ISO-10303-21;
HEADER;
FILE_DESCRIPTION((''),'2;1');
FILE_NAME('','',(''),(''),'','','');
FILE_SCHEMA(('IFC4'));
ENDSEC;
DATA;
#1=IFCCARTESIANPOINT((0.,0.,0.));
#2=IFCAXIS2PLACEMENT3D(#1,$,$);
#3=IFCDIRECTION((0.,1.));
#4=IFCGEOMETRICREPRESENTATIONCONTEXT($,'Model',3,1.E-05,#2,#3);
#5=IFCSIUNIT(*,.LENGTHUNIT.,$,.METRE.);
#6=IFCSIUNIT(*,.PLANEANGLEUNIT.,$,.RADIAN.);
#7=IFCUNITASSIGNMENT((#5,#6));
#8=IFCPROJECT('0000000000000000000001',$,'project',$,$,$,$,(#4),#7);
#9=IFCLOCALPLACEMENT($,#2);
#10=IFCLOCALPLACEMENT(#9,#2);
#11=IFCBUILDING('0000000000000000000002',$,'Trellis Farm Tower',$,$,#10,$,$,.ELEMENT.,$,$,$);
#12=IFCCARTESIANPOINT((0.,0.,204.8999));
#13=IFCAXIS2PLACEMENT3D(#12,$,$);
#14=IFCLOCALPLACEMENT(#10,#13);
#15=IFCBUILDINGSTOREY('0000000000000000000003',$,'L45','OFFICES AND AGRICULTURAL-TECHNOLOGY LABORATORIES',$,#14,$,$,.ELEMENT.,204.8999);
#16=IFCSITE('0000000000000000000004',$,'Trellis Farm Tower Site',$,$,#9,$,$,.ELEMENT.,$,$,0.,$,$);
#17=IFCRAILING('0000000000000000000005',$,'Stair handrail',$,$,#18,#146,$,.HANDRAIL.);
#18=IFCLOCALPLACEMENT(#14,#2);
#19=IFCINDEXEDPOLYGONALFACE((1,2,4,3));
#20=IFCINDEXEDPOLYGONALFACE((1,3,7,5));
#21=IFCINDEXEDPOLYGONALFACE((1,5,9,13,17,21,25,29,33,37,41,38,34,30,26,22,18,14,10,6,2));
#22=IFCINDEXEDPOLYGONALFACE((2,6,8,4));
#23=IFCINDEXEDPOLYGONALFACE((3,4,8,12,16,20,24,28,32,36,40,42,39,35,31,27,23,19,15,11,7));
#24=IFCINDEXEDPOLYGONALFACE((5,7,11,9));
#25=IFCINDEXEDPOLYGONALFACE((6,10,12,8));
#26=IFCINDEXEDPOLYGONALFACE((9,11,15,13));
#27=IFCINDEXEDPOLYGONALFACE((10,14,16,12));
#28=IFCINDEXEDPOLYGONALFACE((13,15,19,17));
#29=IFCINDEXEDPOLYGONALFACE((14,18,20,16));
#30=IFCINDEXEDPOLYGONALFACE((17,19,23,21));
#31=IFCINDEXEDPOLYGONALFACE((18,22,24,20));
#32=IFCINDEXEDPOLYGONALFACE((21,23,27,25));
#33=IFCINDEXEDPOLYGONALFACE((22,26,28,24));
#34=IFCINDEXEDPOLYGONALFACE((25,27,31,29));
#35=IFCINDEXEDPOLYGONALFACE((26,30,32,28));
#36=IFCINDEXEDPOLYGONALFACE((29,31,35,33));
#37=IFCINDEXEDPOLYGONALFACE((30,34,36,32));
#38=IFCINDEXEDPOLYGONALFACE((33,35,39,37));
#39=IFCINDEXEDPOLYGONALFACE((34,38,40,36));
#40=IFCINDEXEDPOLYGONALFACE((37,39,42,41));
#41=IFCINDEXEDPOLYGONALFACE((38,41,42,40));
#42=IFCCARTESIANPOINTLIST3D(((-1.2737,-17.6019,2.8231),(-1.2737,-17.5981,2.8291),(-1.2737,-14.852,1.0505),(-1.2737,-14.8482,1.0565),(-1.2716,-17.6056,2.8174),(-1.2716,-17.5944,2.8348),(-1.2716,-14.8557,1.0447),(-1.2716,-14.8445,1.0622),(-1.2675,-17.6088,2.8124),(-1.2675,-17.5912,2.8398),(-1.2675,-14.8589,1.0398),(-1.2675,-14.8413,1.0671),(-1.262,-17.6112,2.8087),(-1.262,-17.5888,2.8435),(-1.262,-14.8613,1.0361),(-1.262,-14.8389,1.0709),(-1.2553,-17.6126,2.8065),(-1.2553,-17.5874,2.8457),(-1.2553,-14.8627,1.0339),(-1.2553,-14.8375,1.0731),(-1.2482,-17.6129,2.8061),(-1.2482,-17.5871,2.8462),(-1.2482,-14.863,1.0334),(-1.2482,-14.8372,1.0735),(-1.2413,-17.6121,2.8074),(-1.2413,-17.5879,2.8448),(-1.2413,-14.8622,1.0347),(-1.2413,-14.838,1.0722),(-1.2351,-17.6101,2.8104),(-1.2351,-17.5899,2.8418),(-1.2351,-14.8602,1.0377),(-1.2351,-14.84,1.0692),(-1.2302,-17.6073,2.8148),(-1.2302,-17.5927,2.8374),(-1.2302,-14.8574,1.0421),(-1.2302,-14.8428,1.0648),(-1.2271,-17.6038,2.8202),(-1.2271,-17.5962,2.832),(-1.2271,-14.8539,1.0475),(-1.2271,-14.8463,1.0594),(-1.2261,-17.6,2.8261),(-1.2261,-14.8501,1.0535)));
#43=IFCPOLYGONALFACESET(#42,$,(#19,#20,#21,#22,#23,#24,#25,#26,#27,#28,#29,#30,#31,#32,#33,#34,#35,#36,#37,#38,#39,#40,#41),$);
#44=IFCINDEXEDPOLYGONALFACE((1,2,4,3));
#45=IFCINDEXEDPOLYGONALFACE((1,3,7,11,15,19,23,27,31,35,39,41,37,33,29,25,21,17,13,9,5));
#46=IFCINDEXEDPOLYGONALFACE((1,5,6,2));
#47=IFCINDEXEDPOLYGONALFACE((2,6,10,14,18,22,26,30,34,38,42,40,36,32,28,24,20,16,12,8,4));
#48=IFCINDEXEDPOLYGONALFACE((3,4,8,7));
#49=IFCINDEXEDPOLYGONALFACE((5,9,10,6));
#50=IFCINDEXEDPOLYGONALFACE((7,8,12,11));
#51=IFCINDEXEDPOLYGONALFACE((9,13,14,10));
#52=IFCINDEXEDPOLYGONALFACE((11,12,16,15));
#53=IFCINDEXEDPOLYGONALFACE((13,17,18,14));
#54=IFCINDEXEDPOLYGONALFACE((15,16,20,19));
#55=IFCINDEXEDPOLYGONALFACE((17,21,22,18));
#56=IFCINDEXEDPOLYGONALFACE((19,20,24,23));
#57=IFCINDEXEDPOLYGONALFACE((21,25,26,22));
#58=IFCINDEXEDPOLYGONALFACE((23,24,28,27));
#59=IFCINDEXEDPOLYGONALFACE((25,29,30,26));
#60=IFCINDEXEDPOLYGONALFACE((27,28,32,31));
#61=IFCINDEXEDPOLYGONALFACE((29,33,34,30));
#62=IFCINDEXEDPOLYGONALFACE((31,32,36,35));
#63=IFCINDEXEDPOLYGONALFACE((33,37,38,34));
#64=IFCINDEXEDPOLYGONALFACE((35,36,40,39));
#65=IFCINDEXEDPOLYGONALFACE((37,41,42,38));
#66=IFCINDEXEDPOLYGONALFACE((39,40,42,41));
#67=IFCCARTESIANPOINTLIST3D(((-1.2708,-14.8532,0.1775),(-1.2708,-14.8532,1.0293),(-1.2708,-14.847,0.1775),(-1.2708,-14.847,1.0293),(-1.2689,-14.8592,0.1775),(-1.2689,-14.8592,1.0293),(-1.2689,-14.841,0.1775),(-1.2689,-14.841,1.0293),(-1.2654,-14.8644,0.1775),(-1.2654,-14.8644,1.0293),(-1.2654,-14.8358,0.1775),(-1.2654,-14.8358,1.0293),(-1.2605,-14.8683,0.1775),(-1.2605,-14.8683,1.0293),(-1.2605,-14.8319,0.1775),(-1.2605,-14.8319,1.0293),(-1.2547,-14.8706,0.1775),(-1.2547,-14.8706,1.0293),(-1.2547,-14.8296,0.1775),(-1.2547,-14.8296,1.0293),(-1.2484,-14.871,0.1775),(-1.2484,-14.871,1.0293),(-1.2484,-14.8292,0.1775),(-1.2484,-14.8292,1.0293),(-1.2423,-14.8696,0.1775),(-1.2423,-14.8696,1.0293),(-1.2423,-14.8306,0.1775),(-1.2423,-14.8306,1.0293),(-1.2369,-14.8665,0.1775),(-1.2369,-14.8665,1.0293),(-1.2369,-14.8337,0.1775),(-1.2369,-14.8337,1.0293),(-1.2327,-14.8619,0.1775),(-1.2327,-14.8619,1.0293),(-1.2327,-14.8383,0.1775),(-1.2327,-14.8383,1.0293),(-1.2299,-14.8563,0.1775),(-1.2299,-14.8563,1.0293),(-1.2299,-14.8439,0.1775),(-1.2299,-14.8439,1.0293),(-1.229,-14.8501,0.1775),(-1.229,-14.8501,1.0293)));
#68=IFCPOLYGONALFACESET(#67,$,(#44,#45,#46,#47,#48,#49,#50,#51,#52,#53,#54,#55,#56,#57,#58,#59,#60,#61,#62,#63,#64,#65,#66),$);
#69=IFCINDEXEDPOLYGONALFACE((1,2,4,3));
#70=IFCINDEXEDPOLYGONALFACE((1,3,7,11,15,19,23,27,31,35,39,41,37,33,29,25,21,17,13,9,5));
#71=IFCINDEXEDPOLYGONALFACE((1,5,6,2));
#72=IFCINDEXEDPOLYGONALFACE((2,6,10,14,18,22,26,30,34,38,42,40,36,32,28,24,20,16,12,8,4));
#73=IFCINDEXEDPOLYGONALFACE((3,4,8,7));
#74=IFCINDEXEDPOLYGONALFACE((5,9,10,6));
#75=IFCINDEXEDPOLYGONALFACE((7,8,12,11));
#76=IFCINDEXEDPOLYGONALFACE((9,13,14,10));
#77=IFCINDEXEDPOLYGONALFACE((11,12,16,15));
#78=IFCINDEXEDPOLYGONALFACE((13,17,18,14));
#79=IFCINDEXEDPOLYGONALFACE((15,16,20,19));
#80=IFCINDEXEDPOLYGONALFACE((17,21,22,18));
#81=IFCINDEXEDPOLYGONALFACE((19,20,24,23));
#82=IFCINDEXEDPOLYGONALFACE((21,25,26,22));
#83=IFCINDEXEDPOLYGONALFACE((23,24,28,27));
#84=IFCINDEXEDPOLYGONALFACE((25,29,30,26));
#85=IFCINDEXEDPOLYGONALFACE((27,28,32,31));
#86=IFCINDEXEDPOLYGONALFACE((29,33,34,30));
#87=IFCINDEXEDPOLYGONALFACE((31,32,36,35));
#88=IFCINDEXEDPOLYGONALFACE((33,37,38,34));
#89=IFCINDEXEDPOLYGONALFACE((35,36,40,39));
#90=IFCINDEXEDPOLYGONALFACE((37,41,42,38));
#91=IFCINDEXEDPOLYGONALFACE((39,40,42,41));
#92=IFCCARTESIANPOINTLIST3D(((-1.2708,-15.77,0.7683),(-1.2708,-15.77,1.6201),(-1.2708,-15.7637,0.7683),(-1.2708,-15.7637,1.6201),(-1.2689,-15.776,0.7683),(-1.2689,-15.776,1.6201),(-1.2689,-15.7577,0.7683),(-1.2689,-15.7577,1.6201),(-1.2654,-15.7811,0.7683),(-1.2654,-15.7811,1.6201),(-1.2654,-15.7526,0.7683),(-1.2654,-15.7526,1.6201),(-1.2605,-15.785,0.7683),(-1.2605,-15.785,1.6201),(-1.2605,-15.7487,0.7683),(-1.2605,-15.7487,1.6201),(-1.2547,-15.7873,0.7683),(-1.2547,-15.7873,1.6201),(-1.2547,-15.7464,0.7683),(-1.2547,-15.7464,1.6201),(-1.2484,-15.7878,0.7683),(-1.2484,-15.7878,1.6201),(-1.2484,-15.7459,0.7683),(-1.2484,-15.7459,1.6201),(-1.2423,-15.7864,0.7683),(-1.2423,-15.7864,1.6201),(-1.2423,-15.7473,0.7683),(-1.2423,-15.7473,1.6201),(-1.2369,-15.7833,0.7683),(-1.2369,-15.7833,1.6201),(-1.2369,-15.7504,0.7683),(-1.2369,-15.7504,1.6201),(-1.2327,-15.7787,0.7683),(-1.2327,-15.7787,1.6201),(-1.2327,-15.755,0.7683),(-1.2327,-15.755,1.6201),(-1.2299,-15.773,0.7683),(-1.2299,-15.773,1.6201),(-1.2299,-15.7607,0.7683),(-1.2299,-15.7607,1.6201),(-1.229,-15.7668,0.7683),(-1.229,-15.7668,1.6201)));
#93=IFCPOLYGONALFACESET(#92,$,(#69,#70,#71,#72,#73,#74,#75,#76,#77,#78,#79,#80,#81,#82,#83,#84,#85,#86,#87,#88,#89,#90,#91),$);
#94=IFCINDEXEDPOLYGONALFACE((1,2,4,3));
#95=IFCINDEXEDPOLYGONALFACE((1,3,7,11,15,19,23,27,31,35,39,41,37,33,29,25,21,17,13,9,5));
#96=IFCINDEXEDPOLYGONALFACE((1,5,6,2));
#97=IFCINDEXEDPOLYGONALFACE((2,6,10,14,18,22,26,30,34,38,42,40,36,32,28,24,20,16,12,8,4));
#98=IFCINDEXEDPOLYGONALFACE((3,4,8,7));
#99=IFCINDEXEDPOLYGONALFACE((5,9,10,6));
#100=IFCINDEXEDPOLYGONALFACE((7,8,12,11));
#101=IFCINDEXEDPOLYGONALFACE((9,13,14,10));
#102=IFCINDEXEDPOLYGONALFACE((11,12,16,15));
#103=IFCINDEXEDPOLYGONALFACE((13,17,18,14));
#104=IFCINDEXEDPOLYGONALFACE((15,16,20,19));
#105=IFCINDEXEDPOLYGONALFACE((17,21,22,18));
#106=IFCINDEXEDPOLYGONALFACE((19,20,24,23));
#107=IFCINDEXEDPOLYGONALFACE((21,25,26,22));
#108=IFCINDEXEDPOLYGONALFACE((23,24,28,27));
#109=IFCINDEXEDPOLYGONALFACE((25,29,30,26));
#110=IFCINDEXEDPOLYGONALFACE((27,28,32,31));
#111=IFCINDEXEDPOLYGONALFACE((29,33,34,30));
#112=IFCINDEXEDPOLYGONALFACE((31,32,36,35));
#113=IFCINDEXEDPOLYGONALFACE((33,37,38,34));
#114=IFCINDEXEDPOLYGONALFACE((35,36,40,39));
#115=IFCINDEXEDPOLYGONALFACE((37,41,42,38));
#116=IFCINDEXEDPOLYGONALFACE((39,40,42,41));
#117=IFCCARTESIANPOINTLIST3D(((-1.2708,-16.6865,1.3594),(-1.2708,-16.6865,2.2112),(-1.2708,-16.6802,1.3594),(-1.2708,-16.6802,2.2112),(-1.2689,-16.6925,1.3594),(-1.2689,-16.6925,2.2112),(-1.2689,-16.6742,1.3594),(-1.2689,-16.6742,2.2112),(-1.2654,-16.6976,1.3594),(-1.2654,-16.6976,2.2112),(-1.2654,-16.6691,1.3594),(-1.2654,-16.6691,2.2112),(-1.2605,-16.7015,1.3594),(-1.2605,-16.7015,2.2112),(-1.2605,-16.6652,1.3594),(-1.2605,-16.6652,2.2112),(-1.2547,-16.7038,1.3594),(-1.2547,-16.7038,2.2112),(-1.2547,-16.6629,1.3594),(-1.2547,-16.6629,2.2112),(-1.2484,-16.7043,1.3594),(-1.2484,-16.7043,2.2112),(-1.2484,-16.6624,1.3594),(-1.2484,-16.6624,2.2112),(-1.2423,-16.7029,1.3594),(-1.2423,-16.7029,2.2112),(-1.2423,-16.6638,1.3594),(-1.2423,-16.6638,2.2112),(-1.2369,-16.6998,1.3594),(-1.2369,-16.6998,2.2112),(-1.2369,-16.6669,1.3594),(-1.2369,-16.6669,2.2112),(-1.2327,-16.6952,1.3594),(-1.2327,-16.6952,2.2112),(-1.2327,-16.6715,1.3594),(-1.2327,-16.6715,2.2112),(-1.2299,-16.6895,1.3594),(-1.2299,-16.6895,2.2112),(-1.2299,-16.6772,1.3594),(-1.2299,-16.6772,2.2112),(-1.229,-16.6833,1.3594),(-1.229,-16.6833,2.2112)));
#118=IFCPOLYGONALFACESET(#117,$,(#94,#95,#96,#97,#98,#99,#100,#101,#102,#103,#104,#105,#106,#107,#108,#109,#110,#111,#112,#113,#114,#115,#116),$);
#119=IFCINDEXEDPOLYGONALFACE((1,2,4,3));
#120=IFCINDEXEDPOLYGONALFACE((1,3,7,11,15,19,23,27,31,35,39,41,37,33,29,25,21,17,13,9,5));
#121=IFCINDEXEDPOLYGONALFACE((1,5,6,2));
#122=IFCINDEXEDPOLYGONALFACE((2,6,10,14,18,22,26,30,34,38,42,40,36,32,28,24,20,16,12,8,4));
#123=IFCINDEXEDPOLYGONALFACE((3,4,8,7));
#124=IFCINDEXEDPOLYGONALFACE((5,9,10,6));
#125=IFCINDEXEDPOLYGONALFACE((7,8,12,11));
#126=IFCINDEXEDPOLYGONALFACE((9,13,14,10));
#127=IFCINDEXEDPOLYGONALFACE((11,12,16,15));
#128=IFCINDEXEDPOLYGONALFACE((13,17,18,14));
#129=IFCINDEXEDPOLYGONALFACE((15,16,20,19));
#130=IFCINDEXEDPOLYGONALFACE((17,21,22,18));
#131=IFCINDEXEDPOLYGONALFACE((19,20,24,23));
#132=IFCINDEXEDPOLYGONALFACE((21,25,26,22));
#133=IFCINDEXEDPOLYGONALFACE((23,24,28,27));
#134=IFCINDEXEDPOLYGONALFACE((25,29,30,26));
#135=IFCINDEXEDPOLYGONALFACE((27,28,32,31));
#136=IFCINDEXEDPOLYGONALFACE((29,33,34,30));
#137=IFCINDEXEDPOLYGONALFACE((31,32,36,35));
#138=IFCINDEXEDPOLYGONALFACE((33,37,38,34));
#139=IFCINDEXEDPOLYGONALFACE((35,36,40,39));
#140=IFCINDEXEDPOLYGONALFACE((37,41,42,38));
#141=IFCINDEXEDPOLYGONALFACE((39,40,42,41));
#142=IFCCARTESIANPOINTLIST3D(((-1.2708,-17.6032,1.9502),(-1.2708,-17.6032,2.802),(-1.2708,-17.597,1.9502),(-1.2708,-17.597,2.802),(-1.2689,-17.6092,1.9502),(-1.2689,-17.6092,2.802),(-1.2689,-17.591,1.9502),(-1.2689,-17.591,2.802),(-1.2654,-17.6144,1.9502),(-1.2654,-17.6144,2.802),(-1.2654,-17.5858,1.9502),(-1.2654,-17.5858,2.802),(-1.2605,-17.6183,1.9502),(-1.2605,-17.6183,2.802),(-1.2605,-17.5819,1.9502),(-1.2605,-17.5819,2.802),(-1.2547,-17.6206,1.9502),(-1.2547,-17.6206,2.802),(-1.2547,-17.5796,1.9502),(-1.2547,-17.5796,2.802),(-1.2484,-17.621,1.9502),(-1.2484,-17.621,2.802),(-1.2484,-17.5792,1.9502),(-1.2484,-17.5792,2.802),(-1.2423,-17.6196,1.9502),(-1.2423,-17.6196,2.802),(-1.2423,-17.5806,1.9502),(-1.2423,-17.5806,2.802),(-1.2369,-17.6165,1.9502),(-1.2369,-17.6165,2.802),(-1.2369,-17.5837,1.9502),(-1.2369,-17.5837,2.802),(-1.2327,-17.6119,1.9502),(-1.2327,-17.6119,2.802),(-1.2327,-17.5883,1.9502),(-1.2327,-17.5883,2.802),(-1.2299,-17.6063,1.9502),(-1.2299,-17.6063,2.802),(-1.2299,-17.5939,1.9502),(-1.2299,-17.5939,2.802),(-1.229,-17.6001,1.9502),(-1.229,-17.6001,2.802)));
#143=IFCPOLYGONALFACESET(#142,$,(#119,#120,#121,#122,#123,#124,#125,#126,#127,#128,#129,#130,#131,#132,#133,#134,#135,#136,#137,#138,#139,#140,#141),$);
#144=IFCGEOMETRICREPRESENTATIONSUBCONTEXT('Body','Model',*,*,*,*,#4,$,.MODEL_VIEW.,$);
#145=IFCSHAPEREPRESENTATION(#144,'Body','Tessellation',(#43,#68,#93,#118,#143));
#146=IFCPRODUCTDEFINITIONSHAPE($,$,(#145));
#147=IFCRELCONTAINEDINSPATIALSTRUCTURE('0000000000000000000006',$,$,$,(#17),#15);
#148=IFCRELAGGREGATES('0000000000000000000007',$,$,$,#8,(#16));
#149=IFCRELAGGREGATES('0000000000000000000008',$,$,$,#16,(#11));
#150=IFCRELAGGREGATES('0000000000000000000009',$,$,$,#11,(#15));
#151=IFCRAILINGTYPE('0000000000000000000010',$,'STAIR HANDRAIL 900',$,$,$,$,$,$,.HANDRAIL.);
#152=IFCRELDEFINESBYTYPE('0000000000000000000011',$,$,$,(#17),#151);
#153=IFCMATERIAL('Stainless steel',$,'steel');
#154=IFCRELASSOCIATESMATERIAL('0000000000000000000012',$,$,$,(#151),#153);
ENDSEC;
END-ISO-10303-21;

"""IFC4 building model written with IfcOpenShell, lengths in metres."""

from ifc_helpers import new_model, si_unit, direction, frame, origin, origin_2d, place, context, subcontext, project, spatial, circle, extrude, source, transform, mapped, material, type_object, element, save


model = new_model("IFC4")

# Units and contexts
model_context = context("Model", 3, precision=1e-05, world=origin(), true_north=direction((0.0, 1.0)))
body_context = subcontext(model_context, "Body", "Model", "MODEL_VIEW")
ifc_project = project(units=[si_unit("LENGTHUNIT", "METRE"), si_unit("PLANEANGLEUNIT", "RADIAN")], contexts=[model_context])

# Site, building, storey
site_placement = place(None, origin())
site = spatial("IfcSite", under=ifc_project, at=site_placement, Name="Trellis Farm Tower Site", CompositionType="ELEMENT", RefElevation=0.0)
building_placement = place(site_placement, origin())
building = spatial("IfcBuilding", under=site, at=building_placement, Name="Trellis Farm Tower", CompositionType="ELEMENT")
storey_placement = place(building_placement, frame((0.0, 0.0, 204.8999)))
storey = spatial("IfcBuildingStorey", under=building, at=storey_placement, Name="L45", Description="OFFICES AND AGRICULTURAL-TECHNOLOGY LABORATORIES", CompositionType="ELEMENT", Elevation=204.8999)

# Railing
ifc_material_1 = material(Name="Stainless steel", Category="steel")
railing_type = type_object("IfcRailingType", Name="STAIR HANDRAIL 900", PredefinedType="HANDRAIL", material=ifc_material_1)
shared_shape_1 = source(origin(), body_context, "Body", "SweptSolid", [
    extrude(circle(Radius=0.0239, at=origin_2d()), frame((0.0, 0.0, 0.876), z_axis=(0.0, -0.840504, 0.541806), x_axis=(1.0, 0.0, 0.0)), (0.0, 0.0, 1.0), 3.2717),
    extrude(circle(Radius=0.021, at=origin_2d()), origin(), (0.0, 0.0, 1.0), 0.8518),
    extrude(circle(Radius=0.021, at=origin_2d()), frame((0.0, -0.9167, 0.5908)), (0.0, 0.0, 1.0), 0.8518),
    extrude(circle(Radius=0.021, at=origin_2d()), frame((0.0, -1.8333, 1.1819)), (0.0, 0.0, 1.0), 0.8518),
    extrude(circle(Radius=0.021, at=origin_2d()), frame((0.0, -2.75, 1.7727)), (0.0, 0.0, 1.0), 0.8518),
])
railing_placement = place(storey_placement, frame((-1.25, -14.8501, 0.1775)))
element("IfcRailing", 1, at=railing_placement, inside=storey, type_object=railing_type, Name="Stair handrail", PredefinedType="HANDRAIL", context=body_context, shape_type="MappedRepresentation", body=[
    mapped(shared_shape_1, transform((0.0, 0.0, 0.0))),
])

save(model, "model.ifc")
